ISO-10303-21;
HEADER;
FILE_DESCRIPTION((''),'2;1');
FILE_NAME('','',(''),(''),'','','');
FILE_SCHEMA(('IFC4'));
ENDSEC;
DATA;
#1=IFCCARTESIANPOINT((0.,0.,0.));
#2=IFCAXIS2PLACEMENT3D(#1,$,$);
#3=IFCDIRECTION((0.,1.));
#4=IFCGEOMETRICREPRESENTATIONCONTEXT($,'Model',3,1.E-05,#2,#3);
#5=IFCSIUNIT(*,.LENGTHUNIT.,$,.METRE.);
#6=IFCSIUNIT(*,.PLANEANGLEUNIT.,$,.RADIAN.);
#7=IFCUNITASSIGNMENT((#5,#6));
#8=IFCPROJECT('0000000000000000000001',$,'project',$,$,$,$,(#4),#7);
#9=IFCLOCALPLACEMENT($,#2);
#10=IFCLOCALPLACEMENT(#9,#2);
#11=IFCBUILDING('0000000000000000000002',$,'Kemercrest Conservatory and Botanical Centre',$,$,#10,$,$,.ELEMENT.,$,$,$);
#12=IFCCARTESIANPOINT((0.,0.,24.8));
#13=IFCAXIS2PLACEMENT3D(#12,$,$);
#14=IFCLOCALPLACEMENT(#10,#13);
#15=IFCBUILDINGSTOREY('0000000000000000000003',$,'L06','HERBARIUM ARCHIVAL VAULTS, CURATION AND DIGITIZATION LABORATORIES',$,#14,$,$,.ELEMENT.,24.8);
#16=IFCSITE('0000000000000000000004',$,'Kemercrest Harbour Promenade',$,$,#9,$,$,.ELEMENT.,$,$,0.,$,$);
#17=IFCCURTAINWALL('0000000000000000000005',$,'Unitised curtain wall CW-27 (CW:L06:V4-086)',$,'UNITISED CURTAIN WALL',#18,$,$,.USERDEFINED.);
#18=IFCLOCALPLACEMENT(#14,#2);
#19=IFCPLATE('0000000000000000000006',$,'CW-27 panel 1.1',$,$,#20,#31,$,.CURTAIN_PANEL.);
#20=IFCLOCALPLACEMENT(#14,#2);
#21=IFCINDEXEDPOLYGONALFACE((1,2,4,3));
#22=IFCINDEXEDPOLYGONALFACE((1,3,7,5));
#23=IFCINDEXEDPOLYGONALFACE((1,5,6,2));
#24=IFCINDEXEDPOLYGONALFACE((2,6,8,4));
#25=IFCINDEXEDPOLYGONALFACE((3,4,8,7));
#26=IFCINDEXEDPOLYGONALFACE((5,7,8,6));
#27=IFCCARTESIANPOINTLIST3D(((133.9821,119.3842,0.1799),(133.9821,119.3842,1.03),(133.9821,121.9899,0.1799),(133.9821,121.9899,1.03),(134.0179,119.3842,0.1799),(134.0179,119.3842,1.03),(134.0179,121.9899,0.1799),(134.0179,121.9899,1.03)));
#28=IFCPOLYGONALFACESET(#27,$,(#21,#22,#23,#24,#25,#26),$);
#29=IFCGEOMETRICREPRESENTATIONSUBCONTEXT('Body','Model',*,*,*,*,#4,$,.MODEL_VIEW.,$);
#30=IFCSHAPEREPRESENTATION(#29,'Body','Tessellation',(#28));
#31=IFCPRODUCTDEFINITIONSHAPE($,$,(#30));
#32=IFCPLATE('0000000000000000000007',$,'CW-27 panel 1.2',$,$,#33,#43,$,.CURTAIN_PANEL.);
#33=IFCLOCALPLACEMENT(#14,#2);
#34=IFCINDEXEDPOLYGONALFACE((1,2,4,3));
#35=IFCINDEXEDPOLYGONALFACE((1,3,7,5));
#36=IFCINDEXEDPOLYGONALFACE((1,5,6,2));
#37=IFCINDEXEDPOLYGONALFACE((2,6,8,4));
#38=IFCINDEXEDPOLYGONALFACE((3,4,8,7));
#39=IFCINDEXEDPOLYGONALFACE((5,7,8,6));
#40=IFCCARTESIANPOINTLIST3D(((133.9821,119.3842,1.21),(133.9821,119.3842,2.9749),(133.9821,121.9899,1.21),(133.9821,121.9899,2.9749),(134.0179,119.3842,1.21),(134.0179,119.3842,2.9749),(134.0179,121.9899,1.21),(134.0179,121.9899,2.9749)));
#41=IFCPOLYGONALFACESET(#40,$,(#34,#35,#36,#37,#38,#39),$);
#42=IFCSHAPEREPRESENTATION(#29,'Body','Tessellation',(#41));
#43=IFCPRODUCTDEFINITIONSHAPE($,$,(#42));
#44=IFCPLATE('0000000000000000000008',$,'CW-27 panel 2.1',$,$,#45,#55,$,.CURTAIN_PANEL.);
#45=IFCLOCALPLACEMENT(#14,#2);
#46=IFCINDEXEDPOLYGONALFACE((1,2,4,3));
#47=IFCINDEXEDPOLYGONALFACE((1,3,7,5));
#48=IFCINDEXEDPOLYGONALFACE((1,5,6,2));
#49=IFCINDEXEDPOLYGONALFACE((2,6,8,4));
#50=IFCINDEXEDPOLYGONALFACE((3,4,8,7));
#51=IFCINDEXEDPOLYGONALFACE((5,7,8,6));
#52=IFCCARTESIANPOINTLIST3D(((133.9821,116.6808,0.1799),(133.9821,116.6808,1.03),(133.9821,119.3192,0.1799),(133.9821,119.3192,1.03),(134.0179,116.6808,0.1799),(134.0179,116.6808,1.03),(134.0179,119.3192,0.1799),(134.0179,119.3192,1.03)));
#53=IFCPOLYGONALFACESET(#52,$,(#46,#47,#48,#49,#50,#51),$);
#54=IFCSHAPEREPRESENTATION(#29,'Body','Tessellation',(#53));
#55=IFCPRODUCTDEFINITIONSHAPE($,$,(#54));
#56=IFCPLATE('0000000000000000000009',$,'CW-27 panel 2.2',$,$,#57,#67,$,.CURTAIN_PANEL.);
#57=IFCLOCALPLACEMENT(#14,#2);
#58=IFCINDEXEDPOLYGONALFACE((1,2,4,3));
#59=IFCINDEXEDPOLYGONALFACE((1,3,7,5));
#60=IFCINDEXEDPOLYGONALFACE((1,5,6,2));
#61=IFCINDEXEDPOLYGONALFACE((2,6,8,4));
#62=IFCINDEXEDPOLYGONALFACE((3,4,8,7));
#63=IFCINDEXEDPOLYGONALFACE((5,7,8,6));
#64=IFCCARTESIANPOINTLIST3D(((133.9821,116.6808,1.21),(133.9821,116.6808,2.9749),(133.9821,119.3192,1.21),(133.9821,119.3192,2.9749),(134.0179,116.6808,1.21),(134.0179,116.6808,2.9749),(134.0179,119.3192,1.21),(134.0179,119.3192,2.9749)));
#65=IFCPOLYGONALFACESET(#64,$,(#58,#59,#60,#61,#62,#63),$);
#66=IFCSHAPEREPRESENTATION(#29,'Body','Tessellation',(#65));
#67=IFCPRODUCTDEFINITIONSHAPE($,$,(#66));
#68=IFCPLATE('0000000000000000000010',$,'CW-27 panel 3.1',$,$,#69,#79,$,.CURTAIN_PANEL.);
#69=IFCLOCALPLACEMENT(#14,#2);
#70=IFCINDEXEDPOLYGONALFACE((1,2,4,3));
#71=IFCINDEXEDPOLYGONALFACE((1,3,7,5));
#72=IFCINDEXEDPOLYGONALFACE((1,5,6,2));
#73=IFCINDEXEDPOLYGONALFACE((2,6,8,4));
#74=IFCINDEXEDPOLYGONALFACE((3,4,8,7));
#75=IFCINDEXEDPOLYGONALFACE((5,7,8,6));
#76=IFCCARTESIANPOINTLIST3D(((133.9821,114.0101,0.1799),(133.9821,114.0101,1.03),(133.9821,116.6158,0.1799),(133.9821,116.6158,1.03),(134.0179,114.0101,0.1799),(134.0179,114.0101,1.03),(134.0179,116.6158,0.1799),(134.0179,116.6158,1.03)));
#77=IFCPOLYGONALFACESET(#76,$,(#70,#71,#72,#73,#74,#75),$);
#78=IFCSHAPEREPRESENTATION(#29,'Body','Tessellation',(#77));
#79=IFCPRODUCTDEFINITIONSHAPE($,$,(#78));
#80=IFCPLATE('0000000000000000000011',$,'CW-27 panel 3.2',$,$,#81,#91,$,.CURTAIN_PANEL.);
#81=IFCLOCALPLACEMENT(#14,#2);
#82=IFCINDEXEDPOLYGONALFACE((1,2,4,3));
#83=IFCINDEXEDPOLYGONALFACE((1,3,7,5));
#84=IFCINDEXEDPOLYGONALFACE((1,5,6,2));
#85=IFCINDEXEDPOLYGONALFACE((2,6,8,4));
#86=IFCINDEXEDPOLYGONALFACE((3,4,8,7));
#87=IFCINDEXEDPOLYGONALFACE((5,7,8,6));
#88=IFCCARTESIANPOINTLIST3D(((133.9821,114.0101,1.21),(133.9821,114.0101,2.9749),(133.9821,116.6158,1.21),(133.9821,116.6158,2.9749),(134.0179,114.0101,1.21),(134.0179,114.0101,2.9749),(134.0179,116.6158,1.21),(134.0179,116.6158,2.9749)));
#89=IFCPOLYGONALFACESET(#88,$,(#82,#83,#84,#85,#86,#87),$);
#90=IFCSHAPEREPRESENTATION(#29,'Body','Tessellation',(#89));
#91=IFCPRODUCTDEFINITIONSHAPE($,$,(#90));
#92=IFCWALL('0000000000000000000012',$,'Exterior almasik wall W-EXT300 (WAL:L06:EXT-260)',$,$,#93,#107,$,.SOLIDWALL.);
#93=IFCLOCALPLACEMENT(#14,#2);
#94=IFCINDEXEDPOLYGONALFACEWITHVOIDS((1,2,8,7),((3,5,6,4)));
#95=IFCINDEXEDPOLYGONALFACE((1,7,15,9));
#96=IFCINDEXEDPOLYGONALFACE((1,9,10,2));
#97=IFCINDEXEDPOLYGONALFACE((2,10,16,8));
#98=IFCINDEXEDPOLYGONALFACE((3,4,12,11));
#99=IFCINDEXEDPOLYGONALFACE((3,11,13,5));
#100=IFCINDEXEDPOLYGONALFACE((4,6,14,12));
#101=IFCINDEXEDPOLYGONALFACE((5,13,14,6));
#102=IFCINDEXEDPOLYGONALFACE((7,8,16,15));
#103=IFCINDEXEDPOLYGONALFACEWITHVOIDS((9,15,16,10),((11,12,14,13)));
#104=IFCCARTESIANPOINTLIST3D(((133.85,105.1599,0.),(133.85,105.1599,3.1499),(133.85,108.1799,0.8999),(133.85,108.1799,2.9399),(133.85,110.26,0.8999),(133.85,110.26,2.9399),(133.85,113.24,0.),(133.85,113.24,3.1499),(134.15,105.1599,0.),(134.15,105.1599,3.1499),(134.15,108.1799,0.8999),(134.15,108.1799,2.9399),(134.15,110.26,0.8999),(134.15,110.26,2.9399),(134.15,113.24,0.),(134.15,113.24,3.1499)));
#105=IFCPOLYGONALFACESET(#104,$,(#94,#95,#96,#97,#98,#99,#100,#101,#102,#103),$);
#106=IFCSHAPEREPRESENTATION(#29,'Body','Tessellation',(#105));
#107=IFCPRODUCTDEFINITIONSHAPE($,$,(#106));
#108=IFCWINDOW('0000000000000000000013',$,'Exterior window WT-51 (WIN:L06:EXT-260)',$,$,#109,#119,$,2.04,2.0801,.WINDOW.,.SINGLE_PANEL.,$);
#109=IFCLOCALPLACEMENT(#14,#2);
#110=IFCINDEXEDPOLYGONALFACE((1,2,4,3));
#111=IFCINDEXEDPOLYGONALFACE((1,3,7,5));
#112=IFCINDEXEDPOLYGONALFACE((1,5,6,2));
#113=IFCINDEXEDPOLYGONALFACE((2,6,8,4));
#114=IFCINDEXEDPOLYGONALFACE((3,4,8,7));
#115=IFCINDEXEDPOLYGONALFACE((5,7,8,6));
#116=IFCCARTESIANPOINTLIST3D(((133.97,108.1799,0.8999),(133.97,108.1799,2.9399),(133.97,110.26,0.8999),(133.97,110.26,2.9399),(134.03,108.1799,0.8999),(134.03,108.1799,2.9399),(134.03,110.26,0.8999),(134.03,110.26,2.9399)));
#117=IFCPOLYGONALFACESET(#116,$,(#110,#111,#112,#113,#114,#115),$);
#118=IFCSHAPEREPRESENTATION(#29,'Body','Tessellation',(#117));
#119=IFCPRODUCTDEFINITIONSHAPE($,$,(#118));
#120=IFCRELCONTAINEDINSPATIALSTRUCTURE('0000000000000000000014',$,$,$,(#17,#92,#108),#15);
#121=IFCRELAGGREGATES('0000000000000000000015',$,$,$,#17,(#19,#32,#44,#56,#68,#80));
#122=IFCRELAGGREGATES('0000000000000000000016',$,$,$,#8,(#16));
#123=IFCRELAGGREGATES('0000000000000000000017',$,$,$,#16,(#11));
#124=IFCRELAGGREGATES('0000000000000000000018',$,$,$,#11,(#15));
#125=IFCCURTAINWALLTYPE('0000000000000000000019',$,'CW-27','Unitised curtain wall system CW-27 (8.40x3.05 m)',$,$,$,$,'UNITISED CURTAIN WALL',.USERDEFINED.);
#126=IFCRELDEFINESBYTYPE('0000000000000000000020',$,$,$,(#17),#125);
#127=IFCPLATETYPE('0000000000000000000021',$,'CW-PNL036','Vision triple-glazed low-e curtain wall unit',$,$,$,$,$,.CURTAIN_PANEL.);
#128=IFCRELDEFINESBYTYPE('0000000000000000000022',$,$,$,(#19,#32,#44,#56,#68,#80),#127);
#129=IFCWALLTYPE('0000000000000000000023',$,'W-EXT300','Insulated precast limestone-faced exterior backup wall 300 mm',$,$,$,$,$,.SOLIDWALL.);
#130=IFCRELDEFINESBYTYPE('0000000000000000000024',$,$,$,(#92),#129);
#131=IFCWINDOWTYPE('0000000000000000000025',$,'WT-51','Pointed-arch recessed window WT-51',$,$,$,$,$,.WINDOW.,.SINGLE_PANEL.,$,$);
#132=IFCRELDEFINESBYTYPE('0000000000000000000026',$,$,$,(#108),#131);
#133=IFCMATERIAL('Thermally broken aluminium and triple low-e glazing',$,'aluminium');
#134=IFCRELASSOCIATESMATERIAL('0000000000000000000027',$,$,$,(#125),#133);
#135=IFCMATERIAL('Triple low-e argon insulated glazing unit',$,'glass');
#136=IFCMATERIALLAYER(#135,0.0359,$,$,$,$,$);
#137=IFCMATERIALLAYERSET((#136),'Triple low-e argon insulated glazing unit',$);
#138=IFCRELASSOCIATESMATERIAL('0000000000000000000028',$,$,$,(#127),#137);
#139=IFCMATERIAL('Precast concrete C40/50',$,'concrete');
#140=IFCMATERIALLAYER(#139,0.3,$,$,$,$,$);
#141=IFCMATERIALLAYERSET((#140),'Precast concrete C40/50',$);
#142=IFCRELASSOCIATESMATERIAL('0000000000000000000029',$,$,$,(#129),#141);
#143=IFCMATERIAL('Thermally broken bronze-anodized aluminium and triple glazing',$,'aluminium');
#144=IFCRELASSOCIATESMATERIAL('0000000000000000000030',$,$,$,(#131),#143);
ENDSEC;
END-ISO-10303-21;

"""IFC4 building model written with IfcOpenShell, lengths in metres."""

from ifc_helpers import new_model, si_unit, direction, frame, frame_2d, origin, origin_2d, place, context, subcontext, project, spatial, rectangle, extrude, material, layer, layer_set, type_object, element, fill, aggregate, save


model = new_model("IFC4")

# Units and contexts
model_context = context("Model", 3, precision=1e-05, world=origin(), true_north=direction((0.0, 1.0)))
body_context = subcontext(model_context, "Body", "Model", "MODEL_VIEW")
ifc_project = project(units=[si_unit("LENGTHUNIT", "METRE"), si_unit("PLANEANGLEUNIT", "RADIAN")], contexts=[model_context])

# Site, building, storey
site_placement = place(None, origin())
site = spatial("IfcSite", under=ifc_project, at=site_placement, Name="Kemercrest Harbour Promenade", CompositionType="ELEMENT", RefElevation=0.0)
building_placement = place(site_placement, origin())
building = spatial("IfcBuilding", under=site, at=building_placement, Name="Kemercrest Conservatory and Botanical Centre", CompositionType="ELEMENT")
storey_placement = place(building_placement, frame((0.0, 0.0, 24.8)))
storey = spatial("IfcBuildingStorey", under=building, at=storey_placement, Name="L06", Description="HERBARIUM ARCHIVAL VAULTS, CURATION AND DIGITIZATION LABORATORIES", CompositionType="ELEMENT", Elevation=24.8)

# Curtain wall
ifc_material_1 = material(Name="Thermally broken aluminium and triple low-e glazing", Category="aluminium")
curtain_wall_type_1 = type_object("IfcCurtainWallType", Name="CW-27", Description="Unitised curtain wall system CW-27 (8.40x3.05 m)", ElementType="UNITISED CURTAIN WALL", PredefinedType="USERDEFINED", material=ifc_material_1)
curtain_wall_1_placement = place(storey_placement, origin())
curtain_wall_1 = element("IfcCurtainWall", 1, at=curtain_wall_1_placement, inside=storey, type_object=curtain_wall_type_1, Name="Unitised curtain wall CW-27 (CW:L06:V4-086)", ObjectType="UNITISED CURTAIN WALL", PredefinedType="USERDEFINED")

# Plates
ifc_material_2 = material(Name="Triple low-e argon insulated glazing unit", Category="glass")
ifc_layer_1 = layer(ifc_material_2, 0.0359)
ifc_layer_set_1 = layer_set([ifc_layer_1], Name="Triple low-e argon insulated glazing unit")
plate_type = type_object("IfcPlateType", Name="CW-PNL036", Description="Vision triple-glazed low-e curtain wall unit", PredefinedType="CURTAIN_PANEL", material=ifc_layer_set_1)
plate_1_placement = place(storey_placement, frame((134.0, 120.687, 0.1799), z_axis=(0.0, 0.0, 1.0), x_axis=(0.0, -1.0, 0.0)))
plate_1 = element("IfcPlate", 2, at=plate_1_placement, type_object=plate_type, Name="CW-27 panel 1.1", PredefinedType="CURTAIN_PANEL", context=body_context, shape_type="SweptSolid", body=[
    extrude(rectangle(XDim=2.6057, YDim=0.0359, at=origin_2d()), origin(), (0.0, 0.0, 1.0), 0.8501),
])
plate_2_placement = place(storey_placement, frame((134.0, 120.687, 1.21), z_axis=(0.0, 0.0, 1.0), x_axis=(0.0, -1.0, 0.0)))
plate_2 = element("IfcPlate", 3, at=plate_2_placement, type_object=plate_type, Name="CW-27 panel 1.2", PredefinedType="CURTAIN_PANEL", context=body_context, shape_type="SweptSolid", body=[
    extrude(rectangle(XDim=2.6057, YDim=0.0359, at=origin_2d()), origin(), (0.0, 0.0, 1.0), 1.7649),
])
plate_3_placement = place(storey_placement, frame((134.0, 118.0, 0.1799), z_axis=(0.0, 0.0, 1.0), x_axis=(0.0, -1.0, 0.0)))
plate_3 = element("IfcPlate", 4, at=plate_3_placement, type_object=plate_type, Name="CW-27 panel 2.1", PredefinedType="CURTAIN_PANEL", context=body_context, shape_type="SweptSolid", body=[
    extrude(rectangle(XDim=2.6384, YDim=0.0359, at=origin_2d()), origin(), (0.0, 0.0, 1.0), 0.8501),
])
plate_4_placement = place(storey_placement, frame((134.0, 118.0, 1.21), z_axis=(0.0, 0.0, 1.0), x_axis=(0.0, -1.0, 0.0)))
plate_4 = element("IfcPlate", 5, at=plate_4_placement, type_object=plate_type, Name="CW-27 panel 2.2", PredefinedType="CURTAIN_PANEL", context=body_context, shape_type="SweptSolid", body=[
    extrude(rectangle(XDim=2.6384, YDim=0.0359, at=origin_2d()), origin(), (0.0, 0.0, 1.0), 1.7649),
])
plate_5_placement = place(storey_placement, frame((134.0, 115.313, 0.1799), z_axis=(0.0, 0.0, 1.0), x_axis=(0.0, -1.0, 0.0)))
plate_5 = element("IfcPlate", 6, at=plate_5_placement, type_object=plate_type, Name="CW-27 panel 3.1", PredefinedType="CURTAIN_PANEL", context=body_context, shape_type="SweptSolid", body=[
    extrude(rectangle(XDim=2.6057, YDim=0.0359, at=origin_2d()), origin(), (0.0, 0.0, 1.0), 0.8501),
])
plate_6_placement = place(storey_placement, frame((134.0, 115.313, 1.21), z_axis=(0.0, 0.0, 1.0), x_axis=(0.0, -1.0, 0.0)))
plate_6 = element("IfcPlate", 7, at=plate_6_placement, type_object=plate_type, Name="CW-27 panel 3.2", PredefinedType="CURTAIN_PANEL", context=body_context, shape_type="SweptSolid", body=[
    extrude(rectangle(XDim=2.6057, YDim=0.0359, at=origin_2d()), origin(), (0.0, 0.0, 1.0), 1.7649),
])
aggregate(curtain_wall_1, [plate_1, plate_2, plate_3, plate_4, plate_5, plate_6])

# Wall, opening, window
ifc_material_3 = material(Name="Precast concrete C40/50", Category="concrete")
ifc_layer_2 = layer(ifc_material_3, 0.3)
ifc_layer_set_2 = layer_set([ifc_layer_2], Name="Precast concrete C40/50")
wall_type = type_object("IfcWallType", Name="W-EXT300", Description="Insulated precast limestone-faced exterior backup wall 300 mm", PredefinedType="SOLIDWALL", material=ifc_layer_set_2)
wall_placement = place(storey_placement, frame((134.0, 113.24, 0.0), z_axis=(0.0, 0.0, 1.0), x_axis=(0.0, -1.0, 0.0)))
wall = element("IfcWall", 8, at=wall_placement, inside=storey, type_object=wall_type, Name="Exterior almasik wall W-EXT300 (WAL:L06:EXT-260)", PredefinedType="SOLIDWALL", context=body_context, shape_type="SweptSolid", body=[
    extrude(rectangle(XDim=8.0801, YDim=0.3, at=frame_2d((4.04, 0.0))), origin(), (0.0, 0.0, 1.0), 3.1499),
])
opening_placement = place(wall_placement, frame((2.98, 0.0, 0.8999)))
opening = element("IfcOpeningElement", 9, at=opening_placement, cuts=wall, PredefinedType="OPENING", context=body_context, shape_type="SweptSolid", body=[
    extrude(rectangle(XDim=2.0801, YDim=2.04, at=frame_2d((1.04, 1.02))), frame((0.0, 0.1602, 0.0), z_axis=(0.0, -1.0, 0.0), x_axis=(1.0, 0.0, 0.0)), (0.0, 0.0, 1.0), 0.3201),
])
ifc_material_4 = material(Name="Thermally broken bronze-anodized aluminium and triple glazing", Category="aluminium")
window_type = type_object("IfcWindowType", Name="WT-51", Description="Pointed-arch recessed window WT-51", PartitioningType="SINGLE_PANEL", PredefinedType="WINDOW", material=ifc_material_4)
window_placement = place(opening_placement, origin())
window = element("IfcWindow", 10, at=window_placement, inside=storey, type_object=window_type, Name="Exterior window WT-51 (WIN:L06:EXT-260)", OverallHeight=2.04, OverallWidth=2.0801, PartitioningType="SINGLE_PANEL", PredefinedType="WINDOW", context=body_context, shape_type="SweptSolid", body=[
    extrude(rectangle(XDim=2.0801, YDim=2.04, at=frame_2d((1.04, 1.02))), frame((0.0, 0.03, 0.0), z_axis=(0.0, -1.0, 0.0), x_axis=(1.0, 0.0, 0.0)), (0.0, 0.0, 1.0), 0.0601),
])
fill(opening, window)

save(model, "model.ifc")
